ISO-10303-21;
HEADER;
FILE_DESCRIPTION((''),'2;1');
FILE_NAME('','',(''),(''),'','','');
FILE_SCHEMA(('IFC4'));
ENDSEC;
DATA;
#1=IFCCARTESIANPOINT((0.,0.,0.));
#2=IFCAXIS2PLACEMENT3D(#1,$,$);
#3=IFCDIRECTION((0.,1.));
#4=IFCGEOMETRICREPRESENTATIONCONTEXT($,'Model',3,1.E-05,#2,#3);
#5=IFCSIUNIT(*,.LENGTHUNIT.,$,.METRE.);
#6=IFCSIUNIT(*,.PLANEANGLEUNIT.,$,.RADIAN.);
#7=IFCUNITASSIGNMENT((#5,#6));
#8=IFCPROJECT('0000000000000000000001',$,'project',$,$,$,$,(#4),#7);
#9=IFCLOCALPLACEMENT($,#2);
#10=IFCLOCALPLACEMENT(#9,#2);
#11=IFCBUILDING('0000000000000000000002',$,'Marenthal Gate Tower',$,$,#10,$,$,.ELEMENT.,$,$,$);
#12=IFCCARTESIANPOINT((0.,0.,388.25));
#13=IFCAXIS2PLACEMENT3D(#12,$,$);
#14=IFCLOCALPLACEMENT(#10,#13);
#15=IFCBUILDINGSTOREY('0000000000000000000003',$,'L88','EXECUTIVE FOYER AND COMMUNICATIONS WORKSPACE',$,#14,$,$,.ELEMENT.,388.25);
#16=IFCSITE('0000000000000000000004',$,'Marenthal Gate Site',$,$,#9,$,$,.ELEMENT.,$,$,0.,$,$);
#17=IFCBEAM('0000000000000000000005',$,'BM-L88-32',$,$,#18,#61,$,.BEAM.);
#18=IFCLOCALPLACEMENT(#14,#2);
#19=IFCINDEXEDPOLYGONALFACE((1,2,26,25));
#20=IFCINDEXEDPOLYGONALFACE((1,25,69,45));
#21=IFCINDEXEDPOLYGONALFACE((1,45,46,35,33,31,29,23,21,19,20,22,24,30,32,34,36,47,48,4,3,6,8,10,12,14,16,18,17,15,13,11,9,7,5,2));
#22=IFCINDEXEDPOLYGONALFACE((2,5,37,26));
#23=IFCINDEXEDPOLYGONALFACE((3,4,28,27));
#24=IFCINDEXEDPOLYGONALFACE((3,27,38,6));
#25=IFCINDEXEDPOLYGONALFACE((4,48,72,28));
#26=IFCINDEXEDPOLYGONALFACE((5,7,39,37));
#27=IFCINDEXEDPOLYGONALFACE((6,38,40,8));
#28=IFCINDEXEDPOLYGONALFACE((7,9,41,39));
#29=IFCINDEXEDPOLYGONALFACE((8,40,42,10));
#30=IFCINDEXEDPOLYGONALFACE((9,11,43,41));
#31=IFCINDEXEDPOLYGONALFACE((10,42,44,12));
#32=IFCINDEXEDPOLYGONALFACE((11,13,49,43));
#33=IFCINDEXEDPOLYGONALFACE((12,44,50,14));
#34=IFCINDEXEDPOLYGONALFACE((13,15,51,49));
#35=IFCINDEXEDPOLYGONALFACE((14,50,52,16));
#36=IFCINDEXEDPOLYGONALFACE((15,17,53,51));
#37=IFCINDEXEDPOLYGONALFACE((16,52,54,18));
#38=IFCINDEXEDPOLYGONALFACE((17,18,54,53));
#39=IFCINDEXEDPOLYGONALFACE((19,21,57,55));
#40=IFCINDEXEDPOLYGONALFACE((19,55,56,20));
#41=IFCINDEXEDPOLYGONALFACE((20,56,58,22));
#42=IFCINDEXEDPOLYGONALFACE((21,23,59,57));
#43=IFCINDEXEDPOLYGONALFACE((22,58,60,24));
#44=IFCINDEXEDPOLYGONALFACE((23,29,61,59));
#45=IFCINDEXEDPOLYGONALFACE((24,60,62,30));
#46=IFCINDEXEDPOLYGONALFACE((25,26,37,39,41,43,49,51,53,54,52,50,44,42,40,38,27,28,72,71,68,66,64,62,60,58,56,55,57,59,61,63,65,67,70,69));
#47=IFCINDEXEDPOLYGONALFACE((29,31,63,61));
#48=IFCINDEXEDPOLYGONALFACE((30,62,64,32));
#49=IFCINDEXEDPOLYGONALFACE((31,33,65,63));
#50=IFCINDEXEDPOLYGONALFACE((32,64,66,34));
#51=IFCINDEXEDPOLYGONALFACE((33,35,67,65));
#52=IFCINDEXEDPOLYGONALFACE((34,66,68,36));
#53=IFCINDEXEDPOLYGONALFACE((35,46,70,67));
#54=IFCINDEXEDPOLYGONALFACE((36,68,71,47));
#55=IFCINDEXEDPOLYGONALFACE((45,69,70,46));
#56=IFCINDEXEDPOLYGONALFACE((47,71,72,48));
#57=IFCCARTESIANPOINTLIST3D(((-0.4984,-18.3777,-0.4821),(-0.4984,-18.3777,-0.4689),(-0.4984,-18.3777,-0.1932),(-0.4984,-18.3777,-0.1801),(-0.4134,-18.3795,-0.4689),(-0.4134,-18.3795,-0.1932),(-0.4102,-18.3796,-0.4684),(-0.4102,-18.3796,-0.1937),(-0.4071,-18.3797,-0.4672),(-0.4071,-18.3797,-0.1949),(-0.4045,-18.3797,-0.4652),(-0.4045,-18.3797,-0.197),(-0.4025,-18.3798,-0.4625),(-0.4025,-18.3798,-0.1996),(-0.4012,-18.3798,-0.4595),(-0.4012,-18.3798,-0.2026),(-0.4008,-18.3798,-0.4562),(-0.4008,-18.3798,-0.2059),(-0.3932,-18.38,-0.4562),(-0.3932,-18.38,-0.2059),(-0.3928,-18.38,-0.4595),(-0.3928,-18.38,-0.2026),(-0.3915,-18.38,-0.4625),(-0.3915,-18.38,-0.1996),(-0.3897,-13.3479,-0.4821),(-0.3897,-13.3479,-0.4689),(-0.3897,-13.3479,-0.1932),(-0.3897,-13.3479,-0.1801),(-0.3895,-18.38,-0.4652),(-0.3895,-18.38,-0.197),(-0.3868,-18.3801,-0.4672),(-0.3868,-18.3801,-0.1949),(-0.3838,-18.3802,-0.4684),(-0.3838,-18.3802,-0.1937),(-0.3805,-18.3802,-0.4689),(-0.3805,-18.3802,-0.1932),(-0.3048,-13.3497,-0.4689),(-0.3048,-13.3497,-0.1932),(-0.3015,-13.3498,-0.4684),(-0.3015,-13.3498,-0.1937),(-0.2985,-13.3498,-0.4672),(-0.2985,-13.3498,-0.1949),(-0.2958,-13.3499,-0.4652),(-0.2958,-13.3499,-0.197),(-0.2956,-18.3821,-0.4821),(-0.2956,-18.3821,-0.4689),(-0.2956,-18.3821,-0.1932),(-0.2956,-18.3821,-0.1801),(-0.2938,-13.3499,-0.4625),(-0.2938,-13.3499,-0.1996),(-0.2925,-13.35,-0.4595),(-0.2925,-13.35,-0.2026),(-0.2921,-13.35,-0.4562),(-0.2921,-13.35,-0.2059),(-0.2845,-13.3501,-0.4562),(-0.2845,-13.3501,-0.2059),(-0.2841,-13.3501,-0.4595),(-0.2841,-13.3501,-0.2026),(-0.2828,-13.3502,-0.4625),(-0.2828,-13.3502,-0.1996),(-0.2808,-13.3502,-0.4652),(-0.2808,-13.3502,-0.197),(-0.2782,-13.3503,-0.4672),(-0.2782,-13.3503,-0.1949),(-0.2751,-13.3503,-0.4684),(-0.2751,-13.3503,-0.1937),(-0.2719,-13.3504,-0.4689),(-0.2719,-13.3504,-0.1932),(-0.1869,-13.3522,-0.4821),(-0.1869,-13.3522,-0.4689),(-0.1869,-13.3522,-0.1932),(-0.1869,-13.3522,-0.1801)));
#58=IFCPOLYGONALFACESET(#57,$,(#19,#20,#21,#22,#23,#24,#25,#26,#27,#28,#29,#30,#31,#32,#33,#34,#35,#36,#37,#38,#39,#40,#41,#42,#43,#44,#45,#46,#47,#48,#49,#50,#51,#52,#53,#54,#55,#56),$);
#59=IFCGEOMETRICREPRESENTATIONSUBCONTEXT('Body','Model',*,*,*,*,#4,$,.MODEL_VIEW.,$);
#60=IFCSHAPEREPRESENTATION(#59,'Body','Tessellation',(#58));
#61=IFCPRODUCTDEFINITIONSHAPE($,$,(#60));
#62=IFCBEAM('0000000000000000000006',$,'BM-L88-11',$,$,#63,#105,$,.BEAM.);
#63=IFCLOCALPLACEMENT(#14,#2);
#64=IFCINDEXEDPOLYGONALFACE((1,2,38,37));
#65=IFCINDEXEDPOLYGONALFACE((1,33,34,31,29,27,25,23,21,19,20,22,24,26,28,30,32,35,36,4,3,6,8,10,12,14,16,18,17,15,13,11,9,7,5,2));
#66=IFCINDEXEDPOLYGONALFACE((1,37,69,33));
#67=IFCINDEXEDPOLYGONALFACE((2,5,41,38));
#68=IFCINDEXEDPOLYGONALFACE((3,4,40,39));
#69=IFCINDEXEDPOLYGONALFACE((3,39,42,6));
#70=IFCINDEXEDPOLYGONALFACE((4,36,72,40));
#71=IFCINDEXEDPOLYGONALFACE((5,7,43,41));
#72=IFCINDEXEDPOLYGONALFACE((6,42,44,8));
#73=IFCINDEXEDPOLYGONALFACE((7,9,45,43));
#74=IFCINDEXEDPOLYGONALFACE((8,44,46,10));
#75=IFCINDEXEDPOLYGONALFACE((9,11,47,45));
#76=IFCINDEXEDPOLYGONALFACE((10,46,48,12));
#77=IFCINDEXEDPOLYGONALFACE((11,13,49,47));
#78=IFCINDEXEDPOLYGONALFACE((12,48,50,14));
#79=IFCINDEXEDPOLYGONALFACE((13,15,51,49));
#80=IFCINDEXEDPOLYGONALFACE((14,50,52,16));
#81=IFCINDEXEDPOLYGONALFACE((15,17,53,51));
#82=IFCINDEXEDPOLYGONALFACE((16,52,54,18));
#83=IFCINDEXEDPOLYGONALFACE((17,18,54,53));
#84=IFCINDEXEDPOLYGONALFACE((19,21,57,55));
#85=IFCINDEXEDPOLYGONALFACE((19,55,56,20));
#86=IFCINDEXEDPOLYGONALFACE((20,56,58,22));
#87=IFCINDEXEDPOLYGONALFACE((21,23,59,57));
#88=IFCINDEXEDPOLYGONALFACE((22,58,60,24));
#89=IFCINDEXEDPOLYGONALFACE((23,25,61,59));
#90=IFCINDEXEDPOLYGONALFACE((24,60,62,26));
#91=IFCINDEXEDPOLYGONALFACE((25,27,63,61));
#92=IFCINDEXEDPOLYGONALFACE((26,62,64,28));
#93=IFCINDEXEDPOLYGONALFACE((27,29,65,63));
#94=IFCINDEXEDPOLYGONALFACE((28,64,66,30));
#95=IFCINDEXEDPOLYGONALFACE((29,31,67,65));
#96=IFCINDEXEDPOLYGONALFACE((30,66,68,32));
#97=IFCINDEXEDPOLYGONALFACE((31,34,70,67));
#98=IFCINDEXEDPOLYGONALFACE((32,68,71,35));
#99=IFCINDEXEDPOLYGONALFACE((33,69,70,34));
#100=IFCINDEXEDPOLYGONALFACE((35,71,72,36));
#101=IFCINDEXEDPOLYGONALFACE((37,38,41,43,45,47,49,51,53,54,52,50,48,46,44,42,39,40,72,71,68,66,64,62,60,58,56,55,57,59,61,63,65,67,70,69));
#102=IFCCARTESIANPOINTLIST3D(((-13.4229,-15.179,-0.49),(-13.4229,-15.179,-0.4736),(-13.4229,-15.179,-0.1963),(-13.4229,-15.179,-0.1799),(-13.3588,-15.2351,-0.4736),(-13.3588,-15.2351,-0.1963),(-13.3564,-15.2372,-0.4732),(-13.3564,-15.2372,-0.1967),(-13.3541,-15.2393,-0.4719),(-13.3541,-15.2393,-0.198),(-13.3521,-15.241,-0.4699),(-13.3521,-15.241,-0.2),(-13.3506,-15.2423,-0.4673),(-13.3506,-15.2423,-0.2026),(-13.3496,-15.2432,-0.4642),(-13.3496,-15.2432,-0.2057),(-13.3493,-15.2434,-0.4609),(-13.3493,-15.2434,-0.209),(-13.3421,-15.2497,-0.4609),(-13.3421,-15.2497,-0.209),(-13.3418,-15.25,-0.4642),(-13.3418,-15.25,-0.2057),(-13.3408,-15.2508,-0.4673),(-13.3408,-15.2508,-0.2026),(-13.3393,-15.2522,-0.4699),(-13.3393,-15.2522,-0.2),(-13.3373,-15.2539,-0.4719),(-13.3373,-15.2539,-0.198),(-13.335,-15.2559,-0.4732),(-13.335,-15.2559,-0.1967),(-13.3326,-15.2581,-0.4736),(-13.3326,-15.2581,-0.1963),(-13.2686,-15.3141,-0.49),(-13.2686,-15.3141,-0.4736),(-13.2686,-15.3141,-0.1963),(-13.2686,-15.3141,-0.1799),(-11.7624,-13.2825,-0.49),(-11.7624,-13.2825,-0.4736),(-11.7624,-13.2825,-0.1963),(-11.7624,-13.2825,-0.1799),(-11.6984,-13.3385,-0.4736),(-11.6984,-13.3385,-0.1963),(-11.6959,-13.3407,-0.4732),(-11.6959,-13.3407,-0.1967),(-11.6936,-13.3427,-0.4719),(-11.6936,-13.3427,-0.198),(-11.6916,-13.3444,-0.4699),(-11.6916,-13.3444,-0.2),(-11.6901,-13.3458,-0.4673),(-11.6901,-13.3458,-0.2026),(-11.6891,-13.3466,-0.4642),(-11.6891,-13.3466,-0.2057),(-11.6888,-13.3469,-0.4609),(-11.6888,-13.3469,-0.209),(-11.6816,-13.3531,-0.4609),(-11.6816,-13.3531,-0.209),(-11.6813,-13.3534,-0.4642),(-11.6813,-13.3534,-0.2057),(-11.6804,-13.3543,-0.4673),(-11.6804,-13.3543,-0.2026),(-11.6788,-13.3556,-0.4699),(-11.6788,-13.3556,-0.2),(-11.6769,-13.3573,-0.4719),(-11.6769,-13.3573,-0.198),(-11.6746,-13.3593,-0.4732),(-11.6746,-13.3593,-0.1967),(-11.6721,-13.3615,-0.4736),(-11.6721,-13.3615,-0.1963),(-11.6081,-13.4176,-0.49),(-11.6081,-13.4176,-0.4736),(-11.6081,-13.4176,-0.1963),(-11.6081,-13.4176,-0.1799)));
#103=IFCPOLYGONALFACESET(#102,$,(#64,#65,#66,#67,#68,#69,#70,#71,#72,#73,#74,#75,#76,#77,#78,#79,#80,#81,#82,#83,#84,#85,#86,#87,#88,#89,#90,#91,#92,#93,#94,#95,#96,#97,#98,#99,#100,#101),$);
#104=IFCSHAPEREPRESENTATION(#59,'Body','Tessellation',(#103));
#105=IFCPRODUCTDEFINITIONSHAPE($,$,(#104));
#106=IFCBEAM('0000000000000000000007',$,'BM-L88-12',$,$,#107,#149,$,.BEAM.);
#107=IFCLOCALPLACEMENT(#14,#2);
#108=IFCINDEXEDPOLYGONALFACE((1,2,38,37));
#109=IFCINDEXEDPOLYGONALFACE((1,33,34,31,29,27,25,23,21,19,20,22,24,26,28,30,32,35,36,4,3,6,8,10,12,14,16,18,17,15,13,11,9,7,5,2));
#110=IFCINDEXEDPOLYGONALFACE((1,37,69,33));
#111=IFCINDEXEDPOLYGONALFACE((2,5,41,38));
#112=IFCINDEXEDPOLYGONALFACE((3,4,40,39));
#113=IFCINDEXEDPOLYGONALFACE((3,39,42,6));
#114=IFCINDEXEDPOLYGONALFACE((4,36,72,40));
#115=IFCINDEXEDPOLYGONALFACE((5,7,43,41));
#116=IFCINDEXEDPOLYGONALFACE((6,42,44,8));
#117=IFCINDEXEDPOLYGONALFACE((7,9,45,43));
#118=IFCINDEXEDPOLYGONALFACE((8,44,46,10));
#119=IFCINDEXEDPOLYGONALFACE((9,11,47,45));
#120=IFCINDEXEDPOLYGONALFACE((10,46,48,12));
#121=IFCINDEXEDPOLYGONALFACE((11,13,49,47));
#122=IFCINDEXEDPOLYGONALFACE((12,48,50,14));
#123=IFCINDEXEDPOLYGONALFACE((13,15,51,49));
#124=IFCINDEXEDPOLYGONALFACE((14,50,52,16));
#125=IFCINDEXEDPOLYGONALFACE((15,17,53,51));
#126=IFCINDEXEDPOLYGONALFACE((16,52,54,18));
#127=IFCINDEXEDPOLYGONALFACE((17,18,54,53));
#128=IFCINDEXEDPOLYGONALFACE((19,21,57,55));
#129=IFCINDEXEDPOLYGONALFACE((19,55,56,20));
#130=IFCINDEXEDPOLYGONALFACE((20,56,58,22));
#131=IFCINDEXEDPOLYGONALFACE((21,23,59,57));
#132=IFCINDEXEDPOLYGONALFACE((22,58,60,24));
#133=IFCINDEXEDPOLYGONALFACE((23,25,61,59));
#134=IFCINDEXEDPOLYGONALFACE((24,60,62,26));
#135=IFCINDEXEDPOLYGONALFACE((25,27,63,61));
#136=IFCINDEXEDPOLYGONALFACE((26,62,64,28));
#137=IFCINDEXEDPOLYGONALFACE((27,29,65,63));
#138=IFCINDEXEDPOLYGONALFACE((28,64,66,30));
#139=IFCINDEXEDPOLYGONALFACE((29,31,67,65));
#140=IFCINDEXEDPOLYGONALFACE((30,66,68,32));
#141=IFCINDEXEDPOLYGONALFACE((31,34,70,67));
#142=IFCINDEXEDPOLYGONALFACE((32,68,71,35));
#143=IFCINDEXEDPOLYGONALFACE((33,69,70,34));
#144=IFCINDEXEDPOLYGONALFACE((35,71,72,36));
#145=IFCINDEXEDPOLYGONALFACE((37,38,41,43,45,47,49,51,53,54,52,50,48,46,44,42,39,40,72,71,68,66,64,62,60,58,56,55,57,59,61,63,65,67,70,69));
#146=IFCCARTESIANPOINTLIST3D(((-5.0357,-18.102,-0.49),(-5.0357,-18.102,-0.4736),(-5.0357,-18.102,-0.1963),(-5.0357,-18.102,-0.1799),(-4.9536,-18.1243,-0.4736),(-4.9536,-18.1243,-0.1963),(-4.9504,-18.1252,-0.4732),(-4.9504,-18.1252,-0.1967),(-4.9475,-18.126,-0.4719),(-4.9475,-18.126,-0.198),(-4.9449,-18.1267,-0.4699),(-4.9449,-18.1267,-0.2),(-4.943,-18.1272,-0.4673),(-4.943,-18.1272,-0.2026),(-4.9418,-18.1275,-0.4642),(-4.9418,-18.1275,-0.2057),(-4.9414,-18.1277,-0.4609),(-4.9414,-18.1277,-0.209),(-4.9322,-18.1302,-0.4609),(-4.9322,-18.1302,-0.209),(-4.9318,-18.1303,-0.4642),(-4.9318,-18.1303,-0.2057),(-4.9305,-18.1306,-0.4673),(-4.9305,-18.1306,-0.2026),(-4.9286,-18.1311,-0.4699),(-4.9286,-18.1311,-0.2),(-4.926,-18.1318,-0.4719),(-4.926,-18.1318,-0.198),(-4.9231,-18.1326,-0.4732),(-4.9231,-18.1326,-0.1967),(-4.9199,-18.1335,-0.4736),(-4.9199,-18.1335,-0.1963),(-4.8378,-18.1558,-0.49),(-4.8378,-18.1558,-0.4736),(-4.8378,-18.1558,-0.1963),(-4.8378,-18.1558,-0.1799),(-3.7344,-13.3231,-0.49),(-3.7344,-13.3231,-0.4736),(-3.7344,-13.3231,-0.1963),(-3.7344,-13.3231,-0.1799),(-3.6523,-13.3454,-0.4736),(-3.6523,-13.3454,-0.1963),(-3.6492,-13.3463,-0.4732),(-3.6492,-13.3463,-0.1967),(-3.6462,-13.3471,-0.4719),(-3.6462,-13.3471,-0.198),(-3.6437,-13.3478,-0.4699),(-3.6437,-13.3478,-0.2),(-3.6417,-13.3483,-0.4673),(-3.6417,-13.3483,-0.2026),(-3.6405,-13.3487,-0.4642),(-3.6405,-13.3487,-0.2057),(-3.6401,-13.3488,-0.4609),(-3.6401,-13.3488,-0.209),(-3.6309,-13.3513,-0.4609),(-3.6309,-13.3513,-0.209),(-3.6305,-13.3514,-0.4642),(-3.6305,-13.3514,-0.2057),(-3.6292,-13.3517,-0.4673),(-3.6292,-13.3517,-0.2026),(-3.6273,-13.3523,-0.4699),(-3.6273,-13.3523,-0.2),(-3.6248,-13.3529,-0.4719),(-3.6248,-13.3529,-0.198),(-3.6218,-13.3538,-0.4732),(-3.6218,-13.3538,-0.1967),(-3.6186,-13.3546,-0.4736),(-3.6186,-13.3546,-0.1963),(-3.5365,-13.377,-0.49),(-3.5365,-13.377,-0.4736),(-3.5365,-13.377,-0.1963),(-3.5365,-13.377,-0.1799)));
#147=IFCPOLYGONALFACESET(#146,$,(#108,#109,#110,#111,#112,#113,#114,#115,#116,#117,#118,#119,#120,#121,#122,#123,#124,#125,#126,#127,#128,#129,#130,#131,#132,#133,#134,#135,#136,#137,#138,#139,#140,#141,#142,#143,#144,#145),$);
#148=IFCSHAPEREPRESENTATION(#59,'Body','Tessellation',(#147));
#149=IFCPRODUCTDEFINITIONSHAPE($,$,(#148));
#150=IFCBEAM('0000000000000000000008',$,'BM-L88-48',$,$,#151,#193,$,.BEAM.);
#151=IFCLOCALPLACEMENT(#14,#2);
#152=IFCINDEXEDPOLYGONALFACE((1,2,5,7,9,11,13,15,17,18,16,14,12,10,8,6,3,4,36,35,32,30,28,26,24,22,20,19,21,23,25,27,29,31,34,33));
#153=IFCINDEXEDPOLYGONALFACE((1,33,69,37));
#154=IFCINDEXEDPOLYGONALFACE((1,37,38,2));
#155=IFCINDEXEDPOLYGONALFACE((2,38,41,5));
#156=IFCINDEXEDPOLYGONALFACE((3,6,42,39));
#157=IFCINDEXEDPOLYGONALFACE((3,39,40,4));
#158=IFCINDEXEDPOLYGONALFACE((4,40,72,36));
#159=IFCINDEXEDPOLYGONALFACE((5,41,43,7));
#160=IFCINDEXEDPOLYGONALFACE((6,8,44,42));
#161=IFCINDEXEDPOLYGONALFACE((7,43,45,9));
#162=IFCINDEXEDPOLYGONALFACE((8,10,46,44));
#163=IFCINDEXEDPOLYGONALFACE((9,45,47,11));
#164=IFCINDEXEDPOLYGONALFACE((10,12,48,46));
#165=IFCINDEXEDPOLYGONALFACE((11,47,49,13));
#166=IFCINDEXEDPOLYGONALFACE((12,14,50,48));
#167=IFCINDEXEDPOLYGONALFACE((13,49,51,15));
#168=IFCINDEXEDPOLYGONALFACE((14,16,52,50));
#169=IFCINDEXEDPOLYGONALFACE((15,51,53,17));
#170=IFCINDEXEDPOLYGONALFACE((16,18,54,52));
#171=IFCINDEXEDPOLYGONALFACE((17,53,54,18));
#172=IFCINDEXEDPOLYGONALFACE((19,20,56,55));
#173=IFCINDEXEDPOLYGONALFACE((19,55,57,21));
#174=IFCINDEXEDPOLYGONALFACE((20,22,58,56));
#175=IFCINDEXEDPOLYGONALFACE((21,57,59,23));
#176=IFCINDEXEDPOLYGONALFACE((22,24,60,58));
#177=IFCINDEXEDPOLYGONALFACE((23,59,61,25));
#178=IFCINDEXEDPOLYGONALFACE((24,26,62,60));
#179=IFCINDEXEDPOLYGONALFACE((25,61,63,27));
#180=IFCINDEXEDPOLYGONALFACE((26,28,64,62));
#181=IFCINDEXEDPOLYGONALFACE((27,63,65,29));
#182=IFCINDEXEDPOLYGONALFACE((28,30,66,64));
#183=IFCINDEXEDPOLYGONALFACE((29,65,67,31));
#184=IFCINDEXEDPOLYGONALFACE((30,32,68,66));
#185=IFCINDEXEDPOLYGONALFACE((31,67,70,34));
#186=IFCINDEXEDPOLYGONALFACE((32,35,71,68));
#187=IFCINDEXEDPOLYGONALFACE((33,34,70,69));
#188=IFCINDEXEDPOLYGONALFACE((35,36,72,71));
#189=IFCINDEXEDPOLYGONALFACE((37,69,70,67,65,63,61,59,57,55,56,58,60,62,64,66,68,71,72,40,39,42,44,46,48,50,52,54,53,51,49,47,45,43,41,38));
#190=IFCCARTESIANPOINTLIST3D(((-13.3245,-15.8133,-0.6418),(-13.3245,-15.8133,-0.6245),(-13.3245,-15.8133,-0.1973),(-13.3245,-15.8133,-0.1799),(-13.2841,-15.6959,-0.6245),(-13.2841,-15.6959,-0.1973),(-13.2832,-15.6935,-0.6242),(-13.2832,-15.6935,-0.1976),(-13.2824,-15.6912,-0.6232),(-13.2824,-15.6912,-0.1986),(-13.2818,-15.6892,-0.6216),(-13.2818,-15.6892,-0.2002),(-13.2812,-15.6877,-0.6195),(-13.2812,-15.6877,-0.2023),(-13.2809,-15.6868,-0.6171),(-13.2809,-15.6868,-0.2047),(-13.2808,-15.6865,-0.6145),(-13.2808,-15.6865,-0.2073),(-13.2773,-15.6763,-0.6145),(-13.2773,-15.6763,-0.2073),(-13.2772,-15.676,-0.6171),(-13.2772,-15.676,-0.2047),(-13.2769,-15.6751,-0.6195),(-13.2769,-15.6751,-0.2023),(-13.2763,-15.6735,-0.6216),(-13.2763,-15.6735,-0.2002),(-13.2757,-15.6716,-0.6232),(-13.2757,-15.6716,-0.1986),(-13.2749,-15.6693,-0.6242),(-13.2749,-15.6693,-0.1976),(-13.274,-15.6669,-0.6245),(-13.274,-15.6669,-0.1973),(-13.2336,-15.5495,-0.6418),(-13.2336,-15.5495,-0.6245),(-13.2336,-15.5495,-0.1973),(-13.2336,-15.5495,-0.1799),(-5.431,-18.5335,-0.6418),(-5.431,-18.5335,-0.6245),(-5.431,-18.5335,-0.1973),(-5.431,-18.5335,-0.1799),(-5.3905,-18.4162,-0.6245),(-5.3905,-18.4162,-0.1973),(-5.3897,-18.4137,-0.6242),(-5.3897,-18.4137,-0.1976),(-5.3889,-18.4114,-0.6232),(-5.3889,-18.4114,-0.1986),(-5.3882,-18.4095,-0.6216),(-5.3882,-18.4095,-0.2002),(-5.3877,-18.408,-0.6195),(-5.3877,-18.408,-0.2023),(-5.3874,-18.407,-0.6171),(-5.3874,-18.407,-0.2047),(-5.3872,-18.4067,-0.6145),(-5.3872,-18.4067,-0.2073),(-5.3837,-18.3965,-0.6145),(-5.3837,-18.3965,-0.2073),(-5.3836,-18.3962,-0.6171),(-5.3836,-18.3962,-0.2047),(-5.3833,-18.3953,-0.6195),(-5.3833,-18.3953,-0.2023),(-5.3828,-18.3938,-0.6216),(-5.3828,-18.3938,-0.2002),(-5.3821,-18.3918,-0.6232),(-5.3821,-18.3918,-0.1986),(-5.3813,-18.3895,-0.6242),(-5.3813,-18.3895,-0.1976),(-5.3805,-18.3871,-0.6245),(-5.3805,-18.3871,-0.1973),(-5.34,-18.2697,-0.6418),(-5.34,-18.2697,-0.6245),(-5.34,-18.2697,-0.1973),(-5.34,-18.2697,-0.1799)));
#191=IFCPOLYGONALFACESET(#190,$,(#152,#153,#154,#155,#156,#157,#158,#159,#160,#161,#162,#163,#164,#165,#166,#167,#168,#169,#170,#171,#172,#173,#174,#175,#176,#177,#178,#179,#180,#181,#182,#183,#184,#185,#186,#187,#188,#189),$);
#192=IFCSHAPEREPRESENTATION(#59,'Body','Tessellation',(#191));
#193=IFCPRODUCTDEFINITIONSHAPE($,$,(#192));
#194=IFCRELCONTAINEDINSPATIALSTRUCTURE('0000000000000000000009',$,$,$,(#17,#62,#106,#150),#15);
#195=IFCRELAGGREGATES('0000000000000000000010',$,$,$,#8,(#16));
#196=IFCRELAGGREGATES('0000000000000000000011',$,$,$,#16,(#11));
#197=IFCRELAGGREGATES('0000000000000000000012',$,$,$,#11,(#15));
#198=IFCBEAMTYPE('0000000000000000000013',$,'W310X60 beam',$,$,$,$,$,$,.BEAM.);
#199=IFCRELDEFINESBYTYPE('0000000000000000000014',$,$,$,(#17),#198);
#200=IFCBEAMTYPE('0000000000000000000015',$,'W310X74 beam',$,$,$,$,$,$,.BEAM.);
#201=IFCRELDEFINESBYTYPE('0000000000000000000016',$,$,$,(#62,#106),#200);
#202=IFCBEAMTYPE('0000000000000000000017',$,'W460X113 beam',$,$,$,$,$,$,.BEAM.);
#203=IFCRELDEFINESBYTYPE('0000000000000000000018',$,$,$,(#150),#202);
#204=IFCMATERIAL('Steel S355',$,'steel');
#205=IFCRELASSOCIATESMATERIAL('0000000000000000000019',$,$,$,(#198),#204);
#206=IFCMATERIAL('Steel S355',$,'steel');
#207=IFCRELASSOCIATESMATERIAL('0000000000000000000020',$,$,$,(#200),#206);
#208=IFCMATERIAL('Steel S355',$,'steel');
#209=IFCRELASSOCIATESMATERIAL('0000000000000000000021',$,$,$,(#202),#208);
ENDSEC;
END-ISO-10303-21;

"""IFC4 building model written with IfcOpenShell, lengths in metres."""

from ifc_helpers import new_model, si_unit, direction, frame, origin, origin_2d, place, context, subcontext, project, spatial, i_section, extrude, material, material_profile, profile_set, type_object, element, save


model = new_model("IFC4")

# Units and contexts
model_context = context("Model", 3, precision=1e-05, world=origin(), true_north=direction((0.0, 1.0)))
body_context = subcontext(model_context, "Body", "Model", "MODEL_VIEW")
ifc_project = project(units=[si_unit("LENGTHUNIT", "METRE"), si_unit("PLANEANGLEUNIT", "RADIAN")], contexts=[model_context])

# Site, building, storey
site_placement = place(None, origin())
site = spatial("IfcSite", under=ifc_project, at=site_placement, Name="Marenthal Gate Site", CompositionType="ELEMENT", RefElevation=0.0)
building_placement = place(site_placement, origin())
building = spatial("IfcBuilding", under=site, at=building_placement, Name="Marenthal Gate Tower", CompositionType="ELEMENT")
storey_placement = place(building_placement, frame((0.0, 0.0, 388.25)))
storey = spatial("IfcBuildingStorey", under=building, at=storey_placement, Name="L88", Description="EXECUTIVE FOYER AND COMMUNICATIONS WORKSPACE", CompositionType="ELEMENT", Elevation=388.25)

# Beams
ifc_material_1 = material(Name="Steel S355", Category="steel")
ifc_material_profile_1 = material_profile(ifc_material_1, i_section(OverallWidth=0.2029, OverallDepth=0.302, WebThickness=0.0076, FlangeThickness=0.0132, FilletRadius=0.0127, at=origin_2d()), Name="W310X60")
ifc_profile_set_1 = profile_set([ifc_material_profile_1], Name="Steel S355")
beam_type_1 = type_object("IfcBeamType", Name="W310X60 beam", PredefinedType="BEAM", material=ifc_profile_set_1)
beam_1_placement = place(storey_placement, frame((-0.397, -18.3799, -0.3311), z_axis=(0.021595, 0.999767, 0.0), x_axis=(-0.999767, 0.021595, 0.0)))
element("IfcBeam", 1, at=beam_1_placement, inside=storey, type_object=beam_type_1, Name="BM-L88-32", PredefinedType="BEAM", context=body_context, shape_type="SweptSolid", body=[
    extrude(i_section(OverallWidth=0.2029, OverallDepth=0.302, WebThickness=0.0076, FlangeThickness=0.0132, FilletRadius=0.0127, at=origin_2d()), origin(), (0.0, 0.0, 1.0), 5.031),
])
ifc_material_2 = material(Name="Steel S355", Category="steel")
ifc_material_profile_2 = material_profile(ifc_material_2, i_section(OverallWidth=0.2051, OverallDepth=0.3101, WebThickness=0.0095, FlangeThickness=0.0164, FilletRadius=0.0127, at=origin_2d()), Name="W310X74")
ifc_profile_set_2 = profile_set([ifc_material_profile_2], Name="Steel S355")
beam_type_2 = type_object("IfcBeamType", Name="W310X74 beam", PredefinedType="BEAM", material=ifc_profile_set_2)
beam_2_placement = place(storey_placement, frame((-13.3457, -15.2466, -0.335), z_axis=(0.658724, 0.752385, 0.0), x_axis=(-0.752385, 0.658724, 0.0)))
element("IfcBeam", 2, at=beam_2_placement, inside=storey, type_object=beam_type_2, Name="BM-L88-11", PredefinedType="BEAM", context=body_context, shape_type="SweptSolid", body=[
    extrude(i_section(OverallWidth=0.2051, OverallDepth=0.3101, WebThickness=0.0095, FlangeThickness=0.0164, FilletRadius=0.0127, at=origin_2d()), origin(), (0.0, 0.0, 1.0), 2.5208),
])
beam_3_placement = place(storey_placement, frame((-4.9368, -18.1289, -0.335), z_axis=(0.262734, 0.964868, 0.0), x_axis=(-0.964868, 0.262734, 0.0)))
element("IfcBeam", 3, at=beam_3_placement, inside=storey, type_object=beam_type_2, Name="BM-L88-12", PredefinedType="BEAM", context=body_context, shape_type="SweptSolid", body=[
    extrude(i_section(OverallWidth=0.2051, OverallDepth=0.3101, WebThickness=0.0095, FlangeThickness=0.0164, FilletRadius=0.0127, at=origin_2d()), origin(), (0.0, 0.0, 1.0), 4.9529),
])
ifc_material_3 = material(Name="Steel S355", Category="steel")
ifc_material_profile_3 = material_profile(ifc_material_3, i_section(OverallWidth=0.2791, OverallDepth=0.4619, WebThickness=0.0107, FlangeThickness=0.0173, FilletRadius=0.01, at=origin_2d()), Name="W460X113")
ifc_profile_set_3 = profile_set([ifc_material_profile_3], Name="Steel S355")
beam_type_3 = type_object("IfcBeamType", Name="W460X113 beam", PredefinedType="BEAM", material=ifc_profile_set_3)
beam_4_placement = place(storey_placement, frame((-13.2791, -15.6814, -0.4109), z_axis=(0.945436, -0.325809, 0.0), x_axis=(0.325809, 0.945436, 0.0)))
element("IfcBeam", 4, at=beam_4_placement, inside=storey, type_object=beam_type_3, Name="BM-L88-48", PredefinedType="BEAM", context=body_context, shape_type="SweptSolid", body=[
    extrude(i_section(OverallWidth=0.2791, OverallDepth=0.4619, WebThickness=0.0107, FlangeThickness=0.0173, FilletRadius=0.01, at=origin_2d()), origin(), (0.0, 0.0, 1.0), 8.3491),
])

save(model, "model.ifc")
